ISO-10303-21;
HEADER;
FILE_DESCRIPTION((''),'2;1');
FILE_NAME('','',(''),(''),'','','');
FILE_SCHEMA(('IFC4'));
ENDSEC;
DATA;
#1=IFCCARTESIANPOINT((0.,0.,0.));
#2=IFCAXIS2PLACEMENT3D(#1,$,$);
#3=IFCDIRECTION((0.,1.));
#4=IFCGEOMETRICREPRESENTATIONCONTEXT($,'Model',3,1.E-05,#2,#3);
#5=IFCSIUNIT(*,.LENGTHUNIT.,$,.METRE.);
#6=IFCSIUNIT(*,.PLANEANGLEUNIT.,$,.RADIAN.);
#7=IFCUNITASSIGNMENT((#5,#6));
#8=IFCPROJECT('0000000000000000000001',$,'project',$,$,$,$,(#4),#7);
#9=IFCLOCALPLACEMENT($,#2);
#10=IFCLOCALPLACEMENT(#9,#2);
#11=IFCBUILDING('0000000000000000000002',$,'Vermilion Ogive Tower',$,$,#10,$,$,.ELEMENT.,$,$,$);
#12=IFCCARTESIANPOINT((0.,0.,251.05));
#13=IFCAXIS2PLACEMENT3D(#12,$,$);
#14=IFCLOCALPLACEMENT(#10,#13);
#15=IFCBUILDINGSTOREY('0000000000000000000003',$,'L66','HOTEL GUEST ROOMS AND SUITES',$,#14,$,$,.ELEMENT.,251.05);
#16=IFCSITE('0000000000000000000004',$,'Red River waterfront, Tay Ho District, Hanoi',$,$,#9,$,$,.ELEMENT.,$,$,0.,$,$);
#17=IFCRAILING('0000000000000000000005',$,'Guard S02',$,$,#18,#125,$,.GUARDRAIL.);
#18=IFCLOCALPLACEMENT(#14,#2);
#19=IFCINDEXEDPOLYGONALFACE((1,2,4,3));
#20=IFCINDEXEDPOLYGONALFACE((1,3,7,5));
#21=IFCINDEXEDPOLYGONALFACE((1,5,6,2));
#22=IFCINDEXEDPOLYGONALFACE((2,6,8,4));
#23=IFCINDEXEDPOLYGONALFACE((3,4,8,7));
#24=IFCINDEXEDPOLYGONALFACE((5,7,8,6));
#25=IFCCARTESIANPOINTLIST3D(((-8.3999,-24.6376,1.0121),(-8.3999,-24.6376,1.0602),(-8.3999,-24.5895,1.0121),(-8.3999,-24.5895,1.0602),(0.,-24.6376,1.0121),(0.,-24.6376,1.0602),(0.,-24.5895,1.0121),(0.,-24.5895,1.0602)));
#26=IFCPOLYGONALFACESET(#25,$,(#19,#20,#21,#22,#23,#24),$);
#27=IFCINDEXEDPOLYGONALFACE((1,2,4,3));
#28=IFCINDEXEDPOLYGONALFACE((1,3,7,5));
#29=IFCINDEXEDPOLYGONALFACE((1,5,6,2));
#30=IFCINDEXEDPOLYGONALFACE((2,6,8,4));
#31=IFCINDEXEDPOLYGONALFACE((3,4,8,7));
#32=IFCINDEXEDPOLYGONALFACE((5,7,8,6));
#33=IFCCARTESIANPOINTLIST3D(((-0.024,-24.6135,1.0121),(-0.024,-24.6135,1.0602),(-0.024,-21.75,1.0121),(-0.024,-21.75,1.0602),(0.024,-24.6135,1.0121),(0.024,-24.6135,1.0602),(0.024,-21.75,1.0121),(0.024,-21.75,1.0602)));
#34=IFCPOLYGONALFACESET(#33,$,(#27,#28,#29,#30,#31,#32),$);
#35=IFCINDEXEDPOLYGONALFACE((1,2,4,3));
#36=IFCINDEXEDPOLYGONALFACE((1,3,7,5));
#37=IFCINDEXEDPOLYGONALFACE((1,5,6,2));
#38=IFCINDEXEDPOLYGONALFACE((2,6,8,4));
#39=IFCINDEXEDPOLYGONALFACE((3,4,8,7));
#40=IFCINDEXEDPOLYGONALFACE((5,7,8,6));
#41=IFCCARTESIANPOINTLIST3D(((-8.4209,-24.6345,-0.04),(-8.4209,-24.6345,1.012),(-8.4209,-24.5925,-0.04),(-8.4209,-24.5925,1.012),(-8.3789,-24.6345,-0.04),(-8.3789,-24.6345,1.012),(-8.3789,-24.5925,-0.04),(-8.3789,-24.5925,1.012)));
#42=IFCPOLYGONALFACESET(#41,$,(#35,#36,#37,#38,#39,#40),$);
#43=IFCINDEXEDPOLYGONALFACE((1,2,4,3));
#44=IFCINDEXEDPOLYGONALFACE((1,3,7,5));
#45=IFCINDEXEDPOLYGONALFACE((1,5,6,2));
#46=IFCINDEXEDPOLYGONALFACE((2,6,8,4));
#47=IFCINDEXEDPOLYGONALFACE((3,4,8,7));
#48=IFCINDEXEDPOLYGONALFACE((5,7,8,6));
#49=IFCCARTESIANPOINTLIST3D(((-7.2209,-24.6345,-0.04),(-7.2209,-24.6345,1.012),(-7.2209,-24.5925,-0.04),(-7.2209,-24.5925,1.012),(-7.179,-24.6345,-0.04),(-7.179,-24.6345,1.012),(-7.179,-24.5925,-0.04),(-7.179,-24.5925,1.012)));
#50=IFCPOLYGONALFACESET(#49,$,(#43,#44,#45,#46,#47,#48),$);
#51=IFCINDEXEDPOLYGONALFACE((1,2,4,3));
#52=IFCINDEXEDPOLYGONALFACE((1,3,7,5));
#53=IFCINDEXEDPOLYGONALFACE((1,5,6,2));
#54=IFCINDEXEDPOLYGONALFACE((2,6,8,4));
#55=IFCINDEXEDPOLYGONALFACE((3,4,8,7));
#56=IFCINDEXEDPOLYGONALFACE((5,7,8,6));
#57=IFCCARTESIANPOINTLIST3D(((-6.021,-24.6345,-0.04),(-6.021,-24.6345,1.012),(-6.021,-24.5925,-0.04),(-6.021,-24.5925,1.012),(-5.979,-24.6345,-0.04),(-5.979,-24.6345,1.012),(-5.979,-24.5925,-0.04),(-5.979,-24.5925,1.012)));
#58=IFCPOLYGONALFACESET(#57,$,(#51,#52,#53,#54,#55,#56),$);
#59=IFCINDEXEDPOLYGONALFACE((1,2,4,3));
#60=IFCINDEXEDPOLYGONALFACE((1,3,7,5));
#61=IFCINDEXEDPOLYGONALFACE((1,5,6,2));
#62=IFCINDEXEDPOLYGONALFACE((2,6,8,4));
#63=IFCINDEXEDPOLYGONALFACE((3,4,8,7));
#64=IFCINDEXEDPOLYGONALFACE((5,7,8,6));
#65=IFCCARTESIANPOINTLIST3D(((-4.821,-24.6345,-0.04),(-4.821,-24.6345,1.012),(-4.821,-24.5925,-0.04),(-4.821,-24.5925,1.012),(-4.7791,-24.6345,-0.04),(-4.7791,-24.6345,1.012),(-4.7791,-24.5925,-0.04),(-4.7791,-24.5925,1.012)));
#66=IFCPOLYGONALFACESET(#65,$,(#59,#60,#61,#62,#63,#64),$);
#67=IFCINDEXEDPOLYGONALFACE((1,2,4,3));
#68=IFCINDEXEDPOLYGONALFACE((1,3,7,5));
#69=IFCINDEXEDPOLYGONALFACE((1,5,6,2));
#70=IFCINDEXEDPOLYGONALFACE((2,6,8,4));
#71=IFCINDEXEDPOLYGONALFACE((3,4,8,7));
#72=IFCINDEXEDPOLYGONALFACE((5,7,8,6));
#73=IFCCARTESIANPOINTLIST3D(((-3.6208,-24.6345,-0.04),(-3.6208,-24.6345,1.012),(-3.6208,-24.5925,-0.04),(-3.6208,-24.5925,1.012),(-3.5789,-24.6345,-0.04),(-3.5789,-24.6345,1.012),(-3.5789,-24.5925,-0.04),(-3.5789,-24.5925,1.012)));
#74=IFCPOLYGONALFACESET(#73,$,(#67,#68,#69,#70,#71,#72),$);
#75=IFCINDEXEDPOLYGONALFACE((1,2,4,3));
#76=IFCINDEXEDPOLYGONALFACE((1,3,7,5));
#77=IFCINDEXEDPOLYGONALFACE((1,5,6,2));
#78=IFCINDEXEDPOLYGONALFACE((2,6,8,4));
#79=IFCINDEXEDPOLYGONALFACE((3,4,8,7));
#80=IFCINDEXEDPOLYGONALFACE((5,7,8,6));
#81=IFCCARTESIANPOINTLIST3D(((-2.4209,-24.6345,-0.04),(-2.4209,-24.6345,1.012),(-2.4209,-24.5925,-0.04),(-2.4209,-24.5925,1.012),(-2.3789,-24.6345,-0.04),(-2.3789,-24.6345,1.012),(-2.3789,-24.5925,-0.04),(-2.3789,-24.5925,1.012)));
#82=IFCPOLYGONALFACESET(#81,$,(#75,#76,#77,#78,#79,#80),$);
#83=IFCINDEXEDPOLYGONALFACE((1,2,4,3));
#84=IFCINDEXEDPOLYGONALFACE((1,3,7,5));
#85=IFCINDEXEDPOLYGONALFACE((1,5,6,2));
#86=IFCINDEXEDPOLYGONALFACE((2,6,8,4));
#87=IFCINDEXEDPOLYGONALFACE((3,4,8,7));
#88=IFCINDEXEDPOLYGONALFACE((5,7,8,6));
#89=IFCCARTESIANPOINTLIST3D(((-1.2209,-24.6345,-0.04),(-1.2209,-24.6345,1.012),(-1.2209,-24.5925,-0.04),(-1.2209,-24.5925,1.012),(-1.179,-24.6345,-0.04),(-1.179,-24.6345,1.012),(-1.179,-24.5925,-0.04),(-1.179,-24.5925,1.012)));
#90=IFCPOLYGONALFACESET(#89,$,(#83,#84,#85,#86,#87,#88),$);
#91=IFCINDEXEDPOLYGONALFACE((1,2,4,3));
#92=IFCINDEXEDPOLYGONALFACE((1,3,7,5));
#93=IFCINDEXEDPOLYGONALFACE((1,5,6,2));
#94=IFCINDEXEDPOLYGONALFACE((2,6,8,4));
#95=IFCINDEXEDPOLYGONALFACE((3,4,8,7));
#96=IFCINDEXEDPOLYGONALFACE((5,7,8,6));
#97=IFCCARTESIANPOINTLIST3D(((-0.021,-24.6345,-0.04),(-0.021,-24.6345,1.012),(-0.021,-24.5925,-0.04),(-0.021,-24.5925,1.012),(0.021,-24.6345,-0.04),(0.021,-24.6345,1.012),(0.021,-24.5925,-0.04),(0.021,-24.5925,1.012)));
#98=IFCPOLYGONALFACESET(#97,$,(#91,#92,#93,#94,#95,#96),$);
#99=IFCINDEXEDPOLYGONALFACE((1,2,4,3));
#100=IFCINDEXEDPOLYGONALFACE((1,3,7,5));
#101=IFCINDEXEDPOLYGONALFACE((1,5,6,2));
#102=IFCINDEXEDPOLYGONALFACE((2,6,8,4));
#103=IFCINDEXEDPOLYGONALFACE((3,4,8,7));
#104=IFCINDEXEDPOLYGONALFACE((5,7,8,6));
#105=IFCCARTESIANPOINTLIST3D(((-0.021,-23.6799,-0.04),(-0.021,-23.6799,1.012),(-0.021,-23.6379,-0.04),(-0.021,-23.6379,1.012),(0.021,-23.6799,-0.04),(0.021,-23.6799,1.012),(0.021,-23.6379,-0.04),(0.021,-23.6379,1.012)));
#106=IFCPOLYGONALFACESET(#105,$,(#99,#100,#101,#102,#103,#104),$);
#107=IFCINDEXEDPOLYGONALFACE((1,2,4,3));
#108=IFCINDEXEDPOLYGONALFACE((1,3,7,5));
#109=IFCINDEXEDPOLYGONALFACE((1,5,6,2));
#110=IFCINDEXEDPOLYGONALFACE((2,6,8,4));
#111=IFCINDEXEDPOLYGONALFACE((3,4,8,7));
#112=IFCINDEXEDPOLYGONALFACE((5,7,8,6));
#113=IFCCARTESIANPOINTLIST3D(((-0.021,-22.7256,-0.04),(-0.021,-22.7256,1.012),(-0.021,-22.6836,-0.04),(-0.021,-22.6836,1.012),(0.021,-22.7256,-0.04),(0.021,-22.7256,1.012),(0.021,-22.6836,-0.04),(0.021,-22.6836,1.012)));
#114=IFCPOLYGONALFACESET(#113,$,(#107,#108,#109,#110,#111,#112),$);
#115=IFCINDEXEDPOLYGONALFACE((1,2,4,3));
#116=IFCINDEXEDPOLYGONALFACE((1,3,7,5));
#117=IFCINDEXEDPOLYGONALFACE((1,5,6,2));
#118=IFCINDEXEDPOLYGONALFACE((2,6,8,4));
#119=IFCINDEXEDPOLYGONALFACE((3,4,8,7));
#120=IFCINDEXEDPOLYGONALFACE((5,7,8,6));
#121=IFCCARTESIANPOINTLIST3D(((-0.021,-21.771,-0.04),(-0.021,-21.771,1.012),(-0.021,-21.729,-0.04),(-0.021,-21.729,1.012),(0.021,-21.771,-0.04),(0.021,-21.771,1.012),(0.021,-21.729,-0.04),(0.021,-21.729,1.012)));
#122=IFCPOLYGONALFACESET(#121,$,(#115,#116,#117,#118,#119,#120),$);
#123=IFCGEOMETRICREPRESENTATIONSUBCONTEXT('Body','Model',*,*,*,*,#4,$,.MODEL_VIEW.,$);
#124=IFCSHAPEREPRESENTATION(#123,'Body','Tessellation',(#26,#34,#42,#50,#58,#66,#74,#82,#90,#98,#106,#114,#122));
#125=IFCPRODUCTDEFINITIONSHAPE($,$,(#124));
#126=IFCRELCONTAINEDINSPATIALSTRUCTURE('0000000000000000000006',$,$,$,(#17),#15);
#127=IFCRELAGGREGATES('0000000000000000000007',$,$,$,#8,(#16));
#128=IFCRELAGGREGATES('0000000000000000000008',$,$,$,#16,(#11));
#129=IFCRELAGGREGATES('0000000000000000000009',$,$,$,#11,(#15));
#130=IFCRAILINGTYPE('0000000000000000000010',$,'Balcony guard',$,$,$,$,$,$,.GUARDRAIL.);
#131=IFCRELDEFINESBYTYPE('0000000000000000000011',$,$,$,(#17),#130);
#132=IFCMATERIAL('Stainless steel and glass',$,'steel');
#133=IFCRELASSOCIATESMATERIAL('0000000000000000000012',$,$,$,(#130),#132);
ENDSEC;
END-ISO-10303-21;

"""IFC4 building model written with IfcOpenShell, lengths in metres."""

from ifc_helpers import new_model, si_unit, direction, frame, origin, origin_2d, place, context, subcontext, project, spatial, rectangle, extrude, material, type_object, element, save


model = new_model("IFC4")

# Units and contexts
model_context = context("Model", 3, precision=1e-05, world=origin(), true_north=direction((0.0, 1.0)))
body_context = subcontext(model_context, "Body", "Model", "MODEL_VIEW")
ifc_project = project(units=[si_unit("LENGTHUNIT", "METRE"), si_unit("PLANEANGLEUNIT", "RADIAN")], contexts=[model_context])

# Site, building, storey
site_placement = place(None, origin())
site = spatial("IfcSite", under=ifc_project, at=site_placement, Name="Red River waterfront, Tay Ho District, Hanoi", CompositionType="ELEMENT", RefElevation=0.0)
building_placement = place(site_placement, origin())
building = spatial("IfcBuilding", under=site, at=building_placement, Name="Vermilion Ogive Tower", CompositionType="ELEMENT")
storey_placement = place(building_placement, frame((0.0, 0.0, 251.05)))
storey = spatial("IfcBuildingStorey", under=building, at=storey_placement, Name="L66", Description="HOTEL GUEST ROOMS AND SUITES", CompositionType="ELEMENT", Elevation=251.05)

# Railing
ifc_material_1 = material(Name="Stainless steel and glass", Category="steel")
railing_type_1 = type_object("IfcRailingType", Name="Balcony guard", PredefinedType="GUARDRAIL", material=ifc_material_1)
railing_1_placement = place(storey_placement, frame((-8.3999, -24.6135, -0.04)))
element("IfcRailing", 1, at=railing_1_placement, inside=storey, type_object=railing_type_1, Name="Guard S02", PredefinedType="GUARDRAIL", context=body_context, shape_type="SweptSolid", body=[
    extrude(rectangle(XDim=0.0481, YDim=0.0481, at=origin_2d()), frame((0.0, 0.0, 1.0762), z_axis=(1.0, 0.0, 0.0), x_axis=(0.0, 1.0, 0.0)), (0.0, 0.0, 1.0), 8.3999),
    extrude(rectangle(XDim=0.0481, YDim=0.0481, at=origin_2d()), frame((8.3999, 0.0, 1.0762), z_axis=(0.0, 1.0, 0.0), x_axis=(-1.0, 0.0, 0.0)), (0.0, 0.0, 1.0), 2.8635),
    extrude(rectangle(XDim=0.042, YDim=0.042, at=origin_2d()), origin(), (0.0, 0.0, 1.0), 1.052),
    extrude(rectangle(XDim=0.042, YDim=0.042, at=origin_2d()), frame((1.2, 0.0, 0.0)), (0.0, 0.0, 1.0), 1.052),
    extrude(rectangle(XDim=0.042, YDim=0.042, at=origin_2d()), frame((2.3999, 0.0, 0.0)), (0.0, 0.0, 1.0), 1.052),
    extrude(rectangle(XDim=0.042, YDim=0.042, at=origin_2d()), frame((3.5999, 0.0, 0.0)), (0.0, 0.0, 1.0), 1.052),
    extrude(rectangle(XDim=0.042, YDim=0.042, at=origin_2d()), frame((4.8, 0.0, 0.0)), (0.0, 0.0, 1.0), 1.052),
    extrude(rectangle(XDim=0.042, YDim=0.042, at=origin_2d()), frame((6.0, 0.0, 0.0)), (0.0, 0.0, 1.0), 1.052),
    extrude(rectangle(XDim=0.042, YDim=0.042, at=origin_2d()), frame((7.2, 0.0, 0.0)), (0.0, 0.0, 1.0), 1.052),
    extrude(rectangle(XDim=0.042, YDim=0.042, at=origin_2d()), frame((8.3999, 0.0, 0.0)), (0.0, 0.0, 1.0), 1.052),
    extrude(rectangle(XDim=0.042, YDim=0.042, at=origin_2d()), frame((8.3999, 0.9546, 0.0)), (0.0, 0.0, 1.0), 1.052),
    extrude(rectangle(XDim=0.042, YDim=0.042, at=origin_2d()), frame((8.3999, 1.9089, 0.0)), (0.0, 0.0, 1.0), 1.052),
    extrude(rectangle(XDim=0.042, YDim=0.042, at=origin_2d()), frame((8.3999, 2.8635, 0.0)), (0.0, 0.0, 1.0), 1.052),
])

save(model, "model.ifc")
